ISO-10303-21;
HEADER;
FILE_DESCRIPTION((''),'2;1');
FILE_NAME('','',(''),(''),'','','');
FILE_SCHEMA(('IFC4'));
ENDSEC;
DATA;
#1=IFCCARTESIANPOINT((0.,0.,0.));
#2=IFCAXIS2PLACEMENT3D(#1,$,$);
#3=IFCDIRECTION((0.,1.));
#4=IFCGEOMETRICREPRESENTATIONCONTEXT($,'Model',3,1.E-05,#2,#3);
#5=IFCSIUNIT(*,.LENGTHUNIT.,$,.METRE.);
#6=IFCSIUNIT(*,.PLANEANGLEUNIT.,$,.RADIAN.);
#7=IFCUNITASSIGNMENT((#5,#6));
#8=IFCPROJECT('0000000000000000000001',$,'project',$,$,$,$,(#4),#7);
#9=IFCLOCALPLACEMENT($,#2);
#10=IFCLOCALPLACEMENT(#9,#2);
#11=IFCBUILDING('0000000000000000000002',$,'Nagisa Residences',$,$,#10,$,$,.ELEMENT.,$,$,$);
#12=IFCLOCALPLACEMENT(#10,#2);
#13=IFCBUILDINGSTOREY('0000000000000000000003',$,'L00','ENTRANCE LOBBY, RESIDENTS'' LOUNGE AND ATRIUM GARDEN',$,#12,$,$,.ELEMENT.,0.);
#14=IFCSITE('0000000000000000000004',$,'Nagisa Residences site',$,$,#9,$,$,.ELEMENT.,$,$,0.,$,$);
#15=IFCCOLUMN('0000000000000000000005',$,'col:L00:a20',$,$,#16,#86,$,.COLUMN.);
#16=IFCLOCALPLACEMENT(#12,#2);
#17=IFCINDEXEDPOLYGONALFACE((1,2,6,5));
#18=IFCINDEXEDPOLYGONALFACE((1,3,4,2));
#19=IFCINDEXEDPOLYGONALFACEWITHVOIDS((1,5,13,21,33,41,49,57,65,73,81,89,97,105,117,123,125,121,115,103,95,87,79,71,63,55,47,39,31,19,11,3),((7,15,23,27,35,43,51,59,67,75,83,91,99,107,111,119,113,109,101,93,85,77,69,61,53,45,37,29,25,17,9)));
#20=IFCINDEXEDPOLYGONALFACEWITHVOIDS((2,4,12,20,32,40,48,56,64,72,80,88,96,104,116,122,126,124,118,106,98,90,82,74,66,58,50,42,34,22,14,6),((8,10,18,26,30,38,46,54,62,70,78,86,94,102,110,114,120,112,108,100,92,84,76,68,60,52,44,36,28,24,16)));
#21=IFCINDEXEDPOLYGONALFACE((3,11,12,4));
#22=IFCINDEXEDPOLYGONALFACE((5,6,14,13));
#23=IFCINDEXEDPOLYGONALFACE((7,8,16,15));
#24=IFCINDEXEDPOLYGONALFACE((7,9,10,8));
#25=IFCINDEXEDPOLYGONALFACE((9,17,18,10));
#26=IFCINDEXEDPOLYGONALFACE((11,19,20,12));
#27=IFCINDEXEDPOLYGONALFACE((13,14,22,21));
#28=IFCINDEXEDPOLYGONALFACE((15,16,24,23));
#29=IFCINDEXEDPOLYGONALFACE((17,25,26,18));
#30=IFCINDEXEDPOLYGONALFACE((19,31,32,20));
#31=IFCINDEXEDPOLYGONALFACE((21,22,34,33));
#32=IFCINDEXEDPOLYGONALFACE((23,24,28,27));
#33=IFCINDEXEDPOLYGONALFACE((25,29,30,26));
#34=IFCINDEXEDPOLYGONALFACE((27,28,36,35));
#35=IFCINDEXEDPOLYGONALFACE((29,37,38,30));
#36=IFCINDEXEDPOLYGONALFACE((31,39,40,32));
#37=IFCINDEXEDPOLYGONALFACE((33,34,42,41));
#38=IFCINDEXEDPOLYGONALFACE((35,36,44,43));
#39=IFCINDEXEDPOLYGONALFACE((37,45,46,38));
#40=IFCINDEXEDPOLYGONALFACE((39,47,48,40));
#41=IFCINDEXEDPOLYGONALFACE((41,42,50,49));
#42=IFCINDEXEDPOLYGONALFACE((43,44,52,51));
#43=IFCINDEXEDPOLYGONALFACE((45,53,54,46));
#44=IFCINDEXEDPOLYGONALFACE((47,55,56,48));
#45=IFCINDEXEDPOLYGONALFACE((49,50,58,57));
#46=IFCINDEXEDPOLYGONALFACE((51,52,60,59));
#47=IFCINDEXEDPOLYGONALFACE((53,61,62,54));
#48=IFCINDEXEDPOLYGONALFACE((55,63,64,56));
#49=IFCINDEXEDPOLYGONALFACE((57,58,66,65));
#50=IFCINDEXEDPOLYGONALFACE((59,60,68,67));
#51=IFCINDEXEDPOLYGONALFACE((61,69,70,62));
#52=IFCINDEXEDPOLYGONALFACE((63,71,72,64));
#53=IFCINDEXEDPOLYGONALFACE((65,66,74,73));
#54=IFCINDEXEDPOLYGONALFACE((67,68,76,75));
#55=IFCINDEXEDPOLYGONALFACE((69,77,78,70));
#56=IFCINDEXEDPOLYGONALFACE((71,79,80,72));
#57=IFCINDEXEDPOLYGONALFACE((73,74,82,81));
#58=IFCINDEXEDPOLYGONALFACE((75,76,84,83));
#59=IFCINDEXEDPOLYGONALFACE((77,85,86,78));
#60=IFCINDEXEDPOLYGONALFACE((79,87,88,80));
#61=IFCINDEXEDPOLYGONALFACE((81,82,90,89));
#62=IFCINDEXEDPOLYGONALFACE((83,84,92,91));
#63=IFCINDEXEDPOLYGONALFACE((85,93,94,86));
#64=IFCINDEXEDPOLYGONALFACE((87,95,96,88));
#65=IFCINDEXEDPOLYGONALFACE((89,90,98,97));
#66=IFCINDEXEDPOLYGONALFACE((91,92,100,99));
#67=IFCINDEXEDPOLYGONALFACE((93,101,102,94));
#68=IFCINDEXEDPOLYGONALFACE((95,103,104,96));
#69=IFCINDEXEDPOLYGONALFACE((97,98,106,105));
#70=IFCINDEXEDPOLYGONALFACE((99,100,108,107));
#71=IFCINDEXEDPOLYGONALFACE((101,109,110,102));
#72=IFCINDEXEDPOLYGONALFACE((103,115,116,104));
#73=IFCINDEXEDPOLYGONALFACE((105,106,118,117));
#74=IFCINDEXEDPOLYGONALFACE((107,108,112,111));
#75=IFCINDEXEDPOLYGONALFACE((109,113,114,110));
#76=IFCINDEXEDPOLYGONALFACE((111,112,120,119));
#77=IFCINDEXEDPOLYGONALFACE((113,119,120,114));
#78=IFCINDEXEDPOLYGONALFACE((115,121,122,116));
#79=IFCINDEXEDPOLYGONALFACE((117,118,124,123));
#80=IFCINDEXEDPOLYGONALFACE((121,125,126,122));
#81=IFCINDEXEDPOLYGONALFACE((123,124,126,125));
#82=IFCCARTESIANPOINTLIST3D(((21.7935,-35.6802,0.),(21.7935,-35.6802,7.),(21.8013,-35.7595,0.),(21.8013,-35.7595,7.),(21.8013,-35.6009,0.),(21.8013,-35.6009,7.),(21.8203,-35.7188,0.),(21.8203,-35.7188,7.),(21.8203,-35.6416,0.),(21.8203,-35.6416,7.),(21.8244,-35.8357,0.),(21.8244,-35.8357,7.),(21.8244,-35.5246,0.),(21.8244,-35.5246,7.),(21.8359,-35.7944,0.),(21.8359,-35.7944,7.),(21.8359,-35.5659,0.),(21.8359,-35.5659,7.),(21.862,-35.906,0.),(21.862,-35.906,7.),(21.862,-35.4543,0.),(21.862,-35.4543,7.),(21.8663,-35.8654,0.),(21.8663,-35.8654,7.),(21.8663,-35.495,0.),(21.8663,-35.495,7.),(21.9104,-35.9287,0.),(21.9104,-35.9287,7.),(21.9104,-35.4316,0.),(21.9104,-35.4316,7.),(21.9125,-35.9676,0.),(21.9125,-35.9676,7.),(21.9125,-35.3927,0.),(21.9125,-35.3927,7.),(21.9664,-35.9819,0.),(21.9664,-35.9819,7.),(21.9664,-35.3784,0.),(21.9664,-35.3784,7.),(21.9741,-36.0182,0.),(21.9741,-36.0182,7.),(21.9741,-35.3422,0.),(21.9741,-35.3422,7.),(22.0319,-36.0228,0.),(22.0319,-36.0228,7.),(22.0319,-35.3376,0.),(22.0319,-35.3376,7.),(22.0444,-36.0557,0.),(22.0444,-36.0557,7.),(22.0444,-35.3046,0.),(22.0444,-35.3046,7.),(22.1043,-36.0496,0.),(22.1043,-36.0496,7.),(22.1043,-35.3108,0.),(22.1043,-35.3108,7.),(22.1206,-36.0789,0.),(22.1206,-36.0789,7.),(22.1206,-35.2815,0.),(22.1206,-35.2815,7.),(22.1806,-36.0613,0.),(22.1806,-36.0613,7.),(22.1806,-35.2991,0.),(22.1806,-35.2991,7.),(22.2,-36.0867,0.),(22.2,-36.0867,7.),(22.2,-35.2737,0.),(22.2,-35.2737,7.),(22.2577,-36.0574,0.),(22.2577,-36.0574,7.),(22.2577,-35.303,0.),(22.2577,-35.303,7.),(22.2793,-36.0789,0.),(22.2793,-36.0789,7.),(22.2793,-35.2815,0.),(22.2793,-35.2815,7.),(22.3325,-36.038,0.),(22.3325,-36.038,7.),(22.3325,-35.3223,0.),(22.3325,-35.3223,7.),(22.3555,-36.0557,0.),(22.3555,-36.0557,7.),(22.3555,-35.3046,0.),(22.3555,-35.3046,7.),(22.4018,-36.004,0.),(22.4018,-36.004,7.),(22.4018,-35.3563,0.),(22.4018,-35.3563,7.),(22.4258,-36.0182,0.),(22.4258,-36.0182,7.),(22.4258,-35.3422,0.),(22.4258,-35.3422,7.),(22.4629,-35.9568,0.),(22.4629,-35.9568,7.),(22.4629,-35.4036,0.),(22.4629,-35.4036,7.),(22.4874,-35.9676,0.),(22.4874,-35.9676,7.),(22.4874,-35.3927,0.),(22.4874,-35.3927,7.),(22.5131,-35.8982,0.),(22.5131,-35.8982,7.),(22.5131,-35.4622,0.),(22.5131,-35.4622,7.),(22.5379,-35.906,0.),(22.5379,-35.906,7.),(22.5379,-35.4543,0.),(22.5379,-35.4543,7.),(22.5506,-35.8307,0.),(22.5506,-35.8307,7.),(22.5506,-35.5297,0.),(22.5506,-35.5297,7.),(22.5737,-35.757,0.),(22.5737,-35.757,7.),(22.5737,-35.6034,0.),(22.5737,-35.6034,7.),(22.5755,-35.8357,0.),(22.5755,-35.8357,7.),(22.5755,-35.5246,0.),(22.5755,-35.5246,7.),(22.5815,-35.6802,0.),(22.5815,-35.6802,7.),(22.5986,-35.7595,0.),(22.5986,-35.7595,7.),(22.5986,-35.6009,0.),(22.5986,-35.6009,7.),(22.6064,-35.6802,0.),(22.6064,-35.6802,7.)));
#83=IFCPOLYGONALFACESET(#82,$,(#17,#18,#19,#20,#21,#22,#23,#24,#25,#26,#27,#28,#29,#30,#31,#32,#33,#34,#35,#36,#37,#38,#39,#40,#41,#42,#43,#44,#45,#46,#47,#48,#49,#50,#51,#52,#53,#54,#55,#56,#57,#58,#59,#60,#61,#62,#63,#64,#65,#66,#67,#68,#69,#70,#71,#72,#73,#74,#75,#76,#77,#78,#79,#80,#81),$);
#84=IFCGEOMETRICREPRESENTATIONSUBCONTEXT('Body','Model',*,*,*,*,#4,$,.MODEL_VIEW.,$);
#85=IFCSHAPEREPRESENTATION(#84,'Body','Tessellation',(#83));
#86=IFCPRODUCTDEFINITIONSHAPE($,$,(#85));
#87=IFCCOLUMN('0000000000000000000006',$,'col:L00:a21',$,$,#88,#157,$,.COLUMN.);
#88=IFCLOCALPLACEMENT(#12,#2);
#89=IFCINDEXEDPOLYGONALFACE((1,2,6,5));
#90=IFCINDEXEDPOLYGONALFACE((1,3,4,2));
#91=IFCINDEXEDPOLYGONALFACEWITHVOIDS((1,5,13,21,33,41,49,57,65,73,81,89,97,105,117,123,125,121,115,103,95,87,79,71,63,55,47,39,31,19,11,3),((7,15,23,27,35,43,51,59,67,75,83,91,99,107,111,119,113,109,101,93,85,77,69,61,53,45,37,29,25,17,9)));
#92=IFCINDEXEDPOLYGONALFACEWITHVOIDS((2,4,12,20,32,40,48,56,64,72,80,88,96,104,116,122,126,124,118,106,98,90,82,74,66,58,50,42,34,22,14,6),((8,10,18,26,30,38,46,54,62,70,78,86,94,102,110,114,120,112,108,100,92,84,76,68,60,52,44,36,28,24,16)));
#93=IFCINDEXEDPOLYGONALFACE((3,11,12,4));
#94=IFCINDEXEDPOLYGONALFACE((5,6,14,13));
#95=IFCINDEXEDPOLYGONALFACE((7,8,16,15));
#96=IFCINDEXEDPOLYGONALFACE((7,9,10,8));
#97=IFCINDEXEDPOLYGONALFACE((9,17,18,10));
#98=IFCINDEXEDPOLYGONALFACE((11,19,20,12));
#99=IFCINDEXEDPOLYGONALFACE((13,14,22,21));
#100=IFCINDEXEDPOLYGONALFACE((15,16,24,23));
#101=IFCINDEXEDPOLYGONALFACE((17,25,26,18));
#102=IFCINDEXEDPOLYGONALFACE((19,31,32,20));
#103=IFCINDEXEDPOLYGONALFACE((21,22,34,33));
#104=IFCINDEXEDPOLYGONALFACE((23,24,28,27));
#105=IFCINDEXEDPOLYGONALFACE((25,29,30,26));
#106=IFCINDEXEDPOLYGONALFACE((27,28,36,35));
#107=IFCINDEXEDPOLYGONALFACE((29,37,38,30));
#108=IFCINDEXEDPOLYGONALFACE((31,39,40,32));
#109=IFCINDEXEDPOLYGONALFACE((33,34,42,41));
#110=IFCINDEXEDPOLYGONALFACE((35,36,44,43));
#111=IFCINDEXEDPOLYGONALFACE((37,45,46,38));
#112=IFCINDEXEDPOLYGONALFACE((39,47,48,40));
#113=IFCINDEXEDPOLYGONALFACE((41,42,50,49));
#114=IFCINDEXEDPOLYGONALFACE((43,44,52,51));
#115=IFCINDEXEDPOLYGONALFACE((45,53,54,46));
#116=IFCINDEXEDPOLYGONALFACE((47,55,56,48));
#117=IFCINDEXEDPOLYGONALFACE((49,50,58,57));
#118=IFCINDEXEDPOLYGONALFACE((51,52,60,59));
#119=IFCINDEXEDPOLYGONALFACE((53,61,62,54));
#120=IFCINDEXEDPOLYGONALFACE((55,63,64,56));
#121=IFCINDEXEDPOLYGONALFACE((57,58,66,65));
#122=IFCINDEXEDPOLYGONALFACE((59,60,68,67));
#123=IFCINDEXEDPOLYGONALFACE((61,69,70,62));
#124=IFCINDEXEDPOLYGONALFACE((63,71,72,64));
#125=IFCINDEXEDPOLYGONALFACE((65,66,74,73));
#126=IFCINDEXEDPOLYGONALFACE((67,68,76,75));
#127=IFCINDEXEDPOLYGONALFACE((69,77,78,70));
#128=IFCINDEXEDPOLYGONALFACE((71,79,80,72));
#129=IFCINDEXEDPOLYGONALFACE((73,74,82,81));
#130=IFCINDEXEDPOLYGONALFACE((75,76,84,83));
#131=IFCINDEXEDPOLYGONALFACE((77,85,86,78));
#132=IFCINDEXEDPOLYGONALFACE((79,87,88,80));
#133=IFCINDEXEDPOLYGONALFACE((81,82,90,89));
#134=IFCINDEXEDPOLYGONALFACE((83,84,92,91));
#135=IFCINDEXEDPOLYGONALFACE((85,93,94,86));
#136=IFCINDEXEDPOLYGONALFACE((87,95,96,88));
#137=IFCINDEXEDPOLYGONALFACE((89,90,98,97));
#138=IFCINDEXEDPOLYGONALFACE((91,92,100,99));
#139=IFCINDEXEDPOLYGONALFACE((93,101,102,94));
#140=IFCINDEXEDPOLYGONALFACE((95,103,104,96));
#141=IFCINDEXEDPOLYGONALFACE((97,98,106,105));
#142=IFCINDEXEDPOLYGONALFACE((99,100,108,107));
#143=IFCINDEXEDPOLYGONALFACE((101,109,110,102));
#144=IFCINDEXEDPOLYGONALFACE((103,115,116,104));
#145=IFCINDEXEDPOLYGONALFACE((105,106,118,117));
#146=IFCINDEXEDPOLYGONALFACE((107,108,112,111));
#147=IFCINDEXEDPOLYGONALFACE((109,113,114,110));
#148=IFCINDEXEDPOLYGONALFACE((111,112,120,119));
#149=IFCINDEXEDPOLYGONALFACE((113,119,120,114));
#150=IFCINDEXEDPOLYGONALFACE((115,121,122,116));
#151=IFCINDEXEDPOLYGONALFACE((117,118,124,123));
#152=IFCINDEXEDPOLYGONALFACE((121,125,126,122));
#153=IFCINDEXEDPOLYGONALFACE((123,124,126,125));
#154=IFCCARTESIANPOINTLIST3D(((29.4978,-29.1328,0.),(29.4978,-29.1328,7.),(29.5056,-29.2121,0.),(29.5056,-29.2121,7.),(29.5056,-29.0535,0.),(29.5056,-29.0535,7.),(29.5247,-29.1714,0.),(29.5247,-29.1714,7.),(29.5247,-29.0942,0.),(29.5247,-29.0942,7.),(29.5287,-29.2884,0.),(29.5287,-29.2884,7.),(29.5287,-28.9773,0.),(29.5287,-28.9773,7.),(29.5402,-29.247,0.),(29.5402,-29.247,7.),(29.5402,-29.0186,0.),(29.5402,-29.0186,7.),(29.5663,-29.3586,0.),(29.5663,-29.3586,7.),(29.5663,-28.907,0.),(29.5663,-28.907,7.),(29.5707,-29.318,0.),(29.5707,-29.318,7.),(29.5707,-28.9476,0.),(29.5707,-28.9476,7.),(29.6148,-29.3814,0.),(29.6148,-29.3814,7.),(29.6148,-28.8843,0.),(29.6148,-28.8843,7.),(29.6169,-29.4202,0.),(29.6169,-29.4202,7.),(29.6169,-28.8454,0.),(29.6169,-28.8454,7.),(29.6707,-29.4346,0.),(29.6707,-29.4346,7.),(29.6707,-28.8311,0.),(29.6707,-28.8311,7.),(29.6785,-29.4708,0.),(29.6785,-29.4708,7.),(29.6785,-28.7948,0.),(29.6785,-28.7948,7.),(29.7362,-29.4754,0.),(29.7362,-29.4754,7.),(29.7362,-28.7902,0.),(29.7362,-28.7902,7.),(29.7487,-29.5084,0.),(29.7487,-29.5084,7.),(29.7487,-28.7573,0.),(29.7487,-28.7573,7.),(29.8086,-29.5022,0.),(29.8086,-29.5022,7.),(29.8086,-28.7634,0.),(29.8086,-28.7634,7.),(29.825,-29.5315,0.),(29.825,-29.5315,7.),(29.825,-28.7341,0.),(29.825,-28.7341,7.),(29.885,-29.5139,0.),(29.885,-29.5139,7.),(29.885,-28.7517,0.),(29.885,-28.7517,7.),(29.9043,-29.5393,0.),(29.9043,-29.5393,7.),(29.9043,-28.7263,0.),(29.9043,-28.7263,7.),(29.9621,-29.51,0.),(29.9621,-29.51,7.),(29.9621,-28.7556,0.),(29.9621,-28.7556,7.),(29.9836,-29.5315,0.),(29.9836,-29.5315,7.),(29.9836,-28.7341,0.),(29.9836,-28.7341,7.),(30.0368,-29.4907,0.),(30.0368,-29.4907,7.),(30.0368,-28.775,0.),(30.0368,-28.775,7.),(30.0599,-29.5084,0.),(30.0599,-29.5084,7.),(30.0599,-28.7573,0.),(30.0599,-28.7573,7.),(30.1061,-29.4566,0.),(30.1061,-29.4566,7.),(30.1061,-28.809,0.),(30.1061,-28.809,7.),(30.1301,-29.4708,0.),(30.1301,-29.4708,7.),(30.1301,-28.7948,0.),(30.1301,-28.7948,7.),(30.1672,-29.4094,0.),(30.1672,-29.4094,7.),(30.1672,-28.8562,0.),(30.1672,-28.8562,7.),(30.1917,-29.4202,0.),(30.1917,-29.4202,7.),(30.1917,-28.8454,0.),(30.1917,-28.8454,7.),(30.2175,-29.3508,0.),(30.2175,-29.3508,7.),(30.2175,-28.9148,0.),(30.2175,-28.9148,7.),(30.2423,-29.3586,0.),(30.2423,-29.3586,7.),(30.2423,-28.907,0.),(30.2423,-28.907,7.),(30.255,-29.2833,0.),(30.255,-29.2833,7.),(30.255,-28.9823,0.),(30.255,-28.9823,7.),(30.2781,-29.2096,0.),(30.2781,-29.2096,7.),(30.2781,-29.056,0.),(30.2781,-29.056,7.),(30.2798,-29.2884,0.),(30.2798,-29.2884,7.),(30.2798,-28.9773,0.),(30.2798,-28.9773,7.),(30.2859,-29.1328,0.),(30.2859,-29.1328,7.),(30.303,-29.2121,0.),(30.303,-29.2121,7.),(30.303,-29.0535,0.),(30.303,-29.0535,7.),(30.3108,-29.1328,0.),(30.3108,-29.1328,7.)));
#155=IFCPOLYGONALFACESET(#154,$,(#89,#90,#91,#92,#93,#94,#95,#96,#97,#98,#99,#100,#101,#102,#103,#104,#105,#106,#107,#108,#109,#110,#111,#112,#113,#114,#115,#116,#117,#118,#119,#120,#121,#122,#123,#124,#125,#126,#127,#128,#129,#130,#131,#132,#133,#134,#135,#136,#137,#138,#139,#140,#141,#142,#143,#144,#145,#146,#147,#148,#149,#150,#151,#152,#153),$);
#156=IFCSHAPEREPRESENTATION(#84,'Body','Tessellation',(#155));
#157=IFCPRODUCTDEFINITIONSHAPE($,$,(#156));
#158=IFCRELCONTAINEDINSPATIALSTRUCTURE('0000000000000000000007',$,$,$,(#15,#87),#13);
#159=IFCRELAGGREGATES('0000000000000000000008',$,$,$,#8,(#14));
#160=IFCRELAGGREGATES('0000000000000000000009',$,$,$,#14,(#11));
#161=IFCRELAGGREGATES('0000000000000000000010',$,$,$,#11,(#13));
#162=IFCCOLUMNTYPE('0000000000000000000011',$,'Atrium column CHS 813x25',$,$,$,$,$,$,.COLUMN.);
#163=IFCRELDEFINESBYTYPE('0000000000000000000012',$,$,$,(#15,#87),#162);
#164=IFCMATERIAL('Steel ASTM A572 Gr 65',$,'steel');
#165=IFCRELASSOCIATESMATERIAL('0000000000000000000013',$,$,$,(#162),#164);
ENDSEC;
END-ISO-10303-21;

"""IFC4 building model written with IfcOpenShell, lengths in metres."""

from ifc_helpers import new_model, si_unit, direction, frame, origin, origin_2d, place, context, subcontext, project, spatial, hollow_circle, extrude, material, material_profile, profile_set, type_object, element, save


model = new_model("IFC4")

# Units and contexts
model_context = context("Model", 3, precision=1e-05, world=origin(), true_north=direction((0.0, 1.0)))
body_context = subcontext(model_context, "Body", "Model", "MODEL_VIEW")
ifc_project = project(units=[si_unit("LENGTHUNIT", "METRE"), si_unit("PLANEANGLEUNIT", "RADIAN")], contexts=[model_context])

# Site, building, storey
site_placement = place(None, origin())
site = spatial("IfcSite", under=ifc_project, at=site_placement, Name="Nagisa Residences site", CompositionType="ELEMENT", RefElevation=0.0)
building_placement = place(site_placement, origin())
building = spatial("IfcBuilding", under=site, at=building_placement, Name="Nagisa Residences", CompositionType="ELEMENT")
storey_placement = place(building_placement, origin())
storey = spatial("IfcBuildingStorey", under=building, at=storey_placement, Name="L00", Description="ENTRANCE LOBBY, RESIDENTS' LOUNGE AND ATRIUM GARDEN", CompositionType="ELEMENT", Elevation=0.0)

# Columns
ifc_material_1 = material(Name="Steel ASTM A572 Gr 65", Category="steel")
ifc_material_profile_1 = material_profile(ifc_material_1, hollow_circle(Radius=0.4065, WallThickness=0.0249, at=origin_2d()), Name="CHS 813x25")
ifc_profile_set_1 = profile_set([ifc_material_profile_1], Name="Steel ASTM A572 Gr 65")
column_type_1 = type_object("IfcColumnType", Name="Atrium column CHS 813x25", PredefinedType="COLUMN", material=ifc_profile_set_1)
for number, where, z_axis, x_axis, name in (
    (1, (22.2, -35.6802, 0.0), (0.0, 0.0, 1.0), (1.0, 0.0, 0.0), "col:L00:a20"),
    (2, (29.9043, -29.1328, 0.0), (0.0, 0.0, 1.0), (1.0, 0.0, 0.0), "col:L00:a21"),
):
    element("IfcColumn", number, at=place(storey_placement, frame(where, z_axis=z_axis, x_axis=x_axis)), inside=storey, type_object=column_type_1, Name=name, PredefinedType="COLUMN", context=body_context, shape_type="SweptSolid", body=[
        extrude(hollow_circle(Radius=0.4065, WallThickness=0.0249, at=origin_2d()), origin(), (0.0, 0.0, 1.0), 7.0),
    ])

save(model, "model.ifc")
